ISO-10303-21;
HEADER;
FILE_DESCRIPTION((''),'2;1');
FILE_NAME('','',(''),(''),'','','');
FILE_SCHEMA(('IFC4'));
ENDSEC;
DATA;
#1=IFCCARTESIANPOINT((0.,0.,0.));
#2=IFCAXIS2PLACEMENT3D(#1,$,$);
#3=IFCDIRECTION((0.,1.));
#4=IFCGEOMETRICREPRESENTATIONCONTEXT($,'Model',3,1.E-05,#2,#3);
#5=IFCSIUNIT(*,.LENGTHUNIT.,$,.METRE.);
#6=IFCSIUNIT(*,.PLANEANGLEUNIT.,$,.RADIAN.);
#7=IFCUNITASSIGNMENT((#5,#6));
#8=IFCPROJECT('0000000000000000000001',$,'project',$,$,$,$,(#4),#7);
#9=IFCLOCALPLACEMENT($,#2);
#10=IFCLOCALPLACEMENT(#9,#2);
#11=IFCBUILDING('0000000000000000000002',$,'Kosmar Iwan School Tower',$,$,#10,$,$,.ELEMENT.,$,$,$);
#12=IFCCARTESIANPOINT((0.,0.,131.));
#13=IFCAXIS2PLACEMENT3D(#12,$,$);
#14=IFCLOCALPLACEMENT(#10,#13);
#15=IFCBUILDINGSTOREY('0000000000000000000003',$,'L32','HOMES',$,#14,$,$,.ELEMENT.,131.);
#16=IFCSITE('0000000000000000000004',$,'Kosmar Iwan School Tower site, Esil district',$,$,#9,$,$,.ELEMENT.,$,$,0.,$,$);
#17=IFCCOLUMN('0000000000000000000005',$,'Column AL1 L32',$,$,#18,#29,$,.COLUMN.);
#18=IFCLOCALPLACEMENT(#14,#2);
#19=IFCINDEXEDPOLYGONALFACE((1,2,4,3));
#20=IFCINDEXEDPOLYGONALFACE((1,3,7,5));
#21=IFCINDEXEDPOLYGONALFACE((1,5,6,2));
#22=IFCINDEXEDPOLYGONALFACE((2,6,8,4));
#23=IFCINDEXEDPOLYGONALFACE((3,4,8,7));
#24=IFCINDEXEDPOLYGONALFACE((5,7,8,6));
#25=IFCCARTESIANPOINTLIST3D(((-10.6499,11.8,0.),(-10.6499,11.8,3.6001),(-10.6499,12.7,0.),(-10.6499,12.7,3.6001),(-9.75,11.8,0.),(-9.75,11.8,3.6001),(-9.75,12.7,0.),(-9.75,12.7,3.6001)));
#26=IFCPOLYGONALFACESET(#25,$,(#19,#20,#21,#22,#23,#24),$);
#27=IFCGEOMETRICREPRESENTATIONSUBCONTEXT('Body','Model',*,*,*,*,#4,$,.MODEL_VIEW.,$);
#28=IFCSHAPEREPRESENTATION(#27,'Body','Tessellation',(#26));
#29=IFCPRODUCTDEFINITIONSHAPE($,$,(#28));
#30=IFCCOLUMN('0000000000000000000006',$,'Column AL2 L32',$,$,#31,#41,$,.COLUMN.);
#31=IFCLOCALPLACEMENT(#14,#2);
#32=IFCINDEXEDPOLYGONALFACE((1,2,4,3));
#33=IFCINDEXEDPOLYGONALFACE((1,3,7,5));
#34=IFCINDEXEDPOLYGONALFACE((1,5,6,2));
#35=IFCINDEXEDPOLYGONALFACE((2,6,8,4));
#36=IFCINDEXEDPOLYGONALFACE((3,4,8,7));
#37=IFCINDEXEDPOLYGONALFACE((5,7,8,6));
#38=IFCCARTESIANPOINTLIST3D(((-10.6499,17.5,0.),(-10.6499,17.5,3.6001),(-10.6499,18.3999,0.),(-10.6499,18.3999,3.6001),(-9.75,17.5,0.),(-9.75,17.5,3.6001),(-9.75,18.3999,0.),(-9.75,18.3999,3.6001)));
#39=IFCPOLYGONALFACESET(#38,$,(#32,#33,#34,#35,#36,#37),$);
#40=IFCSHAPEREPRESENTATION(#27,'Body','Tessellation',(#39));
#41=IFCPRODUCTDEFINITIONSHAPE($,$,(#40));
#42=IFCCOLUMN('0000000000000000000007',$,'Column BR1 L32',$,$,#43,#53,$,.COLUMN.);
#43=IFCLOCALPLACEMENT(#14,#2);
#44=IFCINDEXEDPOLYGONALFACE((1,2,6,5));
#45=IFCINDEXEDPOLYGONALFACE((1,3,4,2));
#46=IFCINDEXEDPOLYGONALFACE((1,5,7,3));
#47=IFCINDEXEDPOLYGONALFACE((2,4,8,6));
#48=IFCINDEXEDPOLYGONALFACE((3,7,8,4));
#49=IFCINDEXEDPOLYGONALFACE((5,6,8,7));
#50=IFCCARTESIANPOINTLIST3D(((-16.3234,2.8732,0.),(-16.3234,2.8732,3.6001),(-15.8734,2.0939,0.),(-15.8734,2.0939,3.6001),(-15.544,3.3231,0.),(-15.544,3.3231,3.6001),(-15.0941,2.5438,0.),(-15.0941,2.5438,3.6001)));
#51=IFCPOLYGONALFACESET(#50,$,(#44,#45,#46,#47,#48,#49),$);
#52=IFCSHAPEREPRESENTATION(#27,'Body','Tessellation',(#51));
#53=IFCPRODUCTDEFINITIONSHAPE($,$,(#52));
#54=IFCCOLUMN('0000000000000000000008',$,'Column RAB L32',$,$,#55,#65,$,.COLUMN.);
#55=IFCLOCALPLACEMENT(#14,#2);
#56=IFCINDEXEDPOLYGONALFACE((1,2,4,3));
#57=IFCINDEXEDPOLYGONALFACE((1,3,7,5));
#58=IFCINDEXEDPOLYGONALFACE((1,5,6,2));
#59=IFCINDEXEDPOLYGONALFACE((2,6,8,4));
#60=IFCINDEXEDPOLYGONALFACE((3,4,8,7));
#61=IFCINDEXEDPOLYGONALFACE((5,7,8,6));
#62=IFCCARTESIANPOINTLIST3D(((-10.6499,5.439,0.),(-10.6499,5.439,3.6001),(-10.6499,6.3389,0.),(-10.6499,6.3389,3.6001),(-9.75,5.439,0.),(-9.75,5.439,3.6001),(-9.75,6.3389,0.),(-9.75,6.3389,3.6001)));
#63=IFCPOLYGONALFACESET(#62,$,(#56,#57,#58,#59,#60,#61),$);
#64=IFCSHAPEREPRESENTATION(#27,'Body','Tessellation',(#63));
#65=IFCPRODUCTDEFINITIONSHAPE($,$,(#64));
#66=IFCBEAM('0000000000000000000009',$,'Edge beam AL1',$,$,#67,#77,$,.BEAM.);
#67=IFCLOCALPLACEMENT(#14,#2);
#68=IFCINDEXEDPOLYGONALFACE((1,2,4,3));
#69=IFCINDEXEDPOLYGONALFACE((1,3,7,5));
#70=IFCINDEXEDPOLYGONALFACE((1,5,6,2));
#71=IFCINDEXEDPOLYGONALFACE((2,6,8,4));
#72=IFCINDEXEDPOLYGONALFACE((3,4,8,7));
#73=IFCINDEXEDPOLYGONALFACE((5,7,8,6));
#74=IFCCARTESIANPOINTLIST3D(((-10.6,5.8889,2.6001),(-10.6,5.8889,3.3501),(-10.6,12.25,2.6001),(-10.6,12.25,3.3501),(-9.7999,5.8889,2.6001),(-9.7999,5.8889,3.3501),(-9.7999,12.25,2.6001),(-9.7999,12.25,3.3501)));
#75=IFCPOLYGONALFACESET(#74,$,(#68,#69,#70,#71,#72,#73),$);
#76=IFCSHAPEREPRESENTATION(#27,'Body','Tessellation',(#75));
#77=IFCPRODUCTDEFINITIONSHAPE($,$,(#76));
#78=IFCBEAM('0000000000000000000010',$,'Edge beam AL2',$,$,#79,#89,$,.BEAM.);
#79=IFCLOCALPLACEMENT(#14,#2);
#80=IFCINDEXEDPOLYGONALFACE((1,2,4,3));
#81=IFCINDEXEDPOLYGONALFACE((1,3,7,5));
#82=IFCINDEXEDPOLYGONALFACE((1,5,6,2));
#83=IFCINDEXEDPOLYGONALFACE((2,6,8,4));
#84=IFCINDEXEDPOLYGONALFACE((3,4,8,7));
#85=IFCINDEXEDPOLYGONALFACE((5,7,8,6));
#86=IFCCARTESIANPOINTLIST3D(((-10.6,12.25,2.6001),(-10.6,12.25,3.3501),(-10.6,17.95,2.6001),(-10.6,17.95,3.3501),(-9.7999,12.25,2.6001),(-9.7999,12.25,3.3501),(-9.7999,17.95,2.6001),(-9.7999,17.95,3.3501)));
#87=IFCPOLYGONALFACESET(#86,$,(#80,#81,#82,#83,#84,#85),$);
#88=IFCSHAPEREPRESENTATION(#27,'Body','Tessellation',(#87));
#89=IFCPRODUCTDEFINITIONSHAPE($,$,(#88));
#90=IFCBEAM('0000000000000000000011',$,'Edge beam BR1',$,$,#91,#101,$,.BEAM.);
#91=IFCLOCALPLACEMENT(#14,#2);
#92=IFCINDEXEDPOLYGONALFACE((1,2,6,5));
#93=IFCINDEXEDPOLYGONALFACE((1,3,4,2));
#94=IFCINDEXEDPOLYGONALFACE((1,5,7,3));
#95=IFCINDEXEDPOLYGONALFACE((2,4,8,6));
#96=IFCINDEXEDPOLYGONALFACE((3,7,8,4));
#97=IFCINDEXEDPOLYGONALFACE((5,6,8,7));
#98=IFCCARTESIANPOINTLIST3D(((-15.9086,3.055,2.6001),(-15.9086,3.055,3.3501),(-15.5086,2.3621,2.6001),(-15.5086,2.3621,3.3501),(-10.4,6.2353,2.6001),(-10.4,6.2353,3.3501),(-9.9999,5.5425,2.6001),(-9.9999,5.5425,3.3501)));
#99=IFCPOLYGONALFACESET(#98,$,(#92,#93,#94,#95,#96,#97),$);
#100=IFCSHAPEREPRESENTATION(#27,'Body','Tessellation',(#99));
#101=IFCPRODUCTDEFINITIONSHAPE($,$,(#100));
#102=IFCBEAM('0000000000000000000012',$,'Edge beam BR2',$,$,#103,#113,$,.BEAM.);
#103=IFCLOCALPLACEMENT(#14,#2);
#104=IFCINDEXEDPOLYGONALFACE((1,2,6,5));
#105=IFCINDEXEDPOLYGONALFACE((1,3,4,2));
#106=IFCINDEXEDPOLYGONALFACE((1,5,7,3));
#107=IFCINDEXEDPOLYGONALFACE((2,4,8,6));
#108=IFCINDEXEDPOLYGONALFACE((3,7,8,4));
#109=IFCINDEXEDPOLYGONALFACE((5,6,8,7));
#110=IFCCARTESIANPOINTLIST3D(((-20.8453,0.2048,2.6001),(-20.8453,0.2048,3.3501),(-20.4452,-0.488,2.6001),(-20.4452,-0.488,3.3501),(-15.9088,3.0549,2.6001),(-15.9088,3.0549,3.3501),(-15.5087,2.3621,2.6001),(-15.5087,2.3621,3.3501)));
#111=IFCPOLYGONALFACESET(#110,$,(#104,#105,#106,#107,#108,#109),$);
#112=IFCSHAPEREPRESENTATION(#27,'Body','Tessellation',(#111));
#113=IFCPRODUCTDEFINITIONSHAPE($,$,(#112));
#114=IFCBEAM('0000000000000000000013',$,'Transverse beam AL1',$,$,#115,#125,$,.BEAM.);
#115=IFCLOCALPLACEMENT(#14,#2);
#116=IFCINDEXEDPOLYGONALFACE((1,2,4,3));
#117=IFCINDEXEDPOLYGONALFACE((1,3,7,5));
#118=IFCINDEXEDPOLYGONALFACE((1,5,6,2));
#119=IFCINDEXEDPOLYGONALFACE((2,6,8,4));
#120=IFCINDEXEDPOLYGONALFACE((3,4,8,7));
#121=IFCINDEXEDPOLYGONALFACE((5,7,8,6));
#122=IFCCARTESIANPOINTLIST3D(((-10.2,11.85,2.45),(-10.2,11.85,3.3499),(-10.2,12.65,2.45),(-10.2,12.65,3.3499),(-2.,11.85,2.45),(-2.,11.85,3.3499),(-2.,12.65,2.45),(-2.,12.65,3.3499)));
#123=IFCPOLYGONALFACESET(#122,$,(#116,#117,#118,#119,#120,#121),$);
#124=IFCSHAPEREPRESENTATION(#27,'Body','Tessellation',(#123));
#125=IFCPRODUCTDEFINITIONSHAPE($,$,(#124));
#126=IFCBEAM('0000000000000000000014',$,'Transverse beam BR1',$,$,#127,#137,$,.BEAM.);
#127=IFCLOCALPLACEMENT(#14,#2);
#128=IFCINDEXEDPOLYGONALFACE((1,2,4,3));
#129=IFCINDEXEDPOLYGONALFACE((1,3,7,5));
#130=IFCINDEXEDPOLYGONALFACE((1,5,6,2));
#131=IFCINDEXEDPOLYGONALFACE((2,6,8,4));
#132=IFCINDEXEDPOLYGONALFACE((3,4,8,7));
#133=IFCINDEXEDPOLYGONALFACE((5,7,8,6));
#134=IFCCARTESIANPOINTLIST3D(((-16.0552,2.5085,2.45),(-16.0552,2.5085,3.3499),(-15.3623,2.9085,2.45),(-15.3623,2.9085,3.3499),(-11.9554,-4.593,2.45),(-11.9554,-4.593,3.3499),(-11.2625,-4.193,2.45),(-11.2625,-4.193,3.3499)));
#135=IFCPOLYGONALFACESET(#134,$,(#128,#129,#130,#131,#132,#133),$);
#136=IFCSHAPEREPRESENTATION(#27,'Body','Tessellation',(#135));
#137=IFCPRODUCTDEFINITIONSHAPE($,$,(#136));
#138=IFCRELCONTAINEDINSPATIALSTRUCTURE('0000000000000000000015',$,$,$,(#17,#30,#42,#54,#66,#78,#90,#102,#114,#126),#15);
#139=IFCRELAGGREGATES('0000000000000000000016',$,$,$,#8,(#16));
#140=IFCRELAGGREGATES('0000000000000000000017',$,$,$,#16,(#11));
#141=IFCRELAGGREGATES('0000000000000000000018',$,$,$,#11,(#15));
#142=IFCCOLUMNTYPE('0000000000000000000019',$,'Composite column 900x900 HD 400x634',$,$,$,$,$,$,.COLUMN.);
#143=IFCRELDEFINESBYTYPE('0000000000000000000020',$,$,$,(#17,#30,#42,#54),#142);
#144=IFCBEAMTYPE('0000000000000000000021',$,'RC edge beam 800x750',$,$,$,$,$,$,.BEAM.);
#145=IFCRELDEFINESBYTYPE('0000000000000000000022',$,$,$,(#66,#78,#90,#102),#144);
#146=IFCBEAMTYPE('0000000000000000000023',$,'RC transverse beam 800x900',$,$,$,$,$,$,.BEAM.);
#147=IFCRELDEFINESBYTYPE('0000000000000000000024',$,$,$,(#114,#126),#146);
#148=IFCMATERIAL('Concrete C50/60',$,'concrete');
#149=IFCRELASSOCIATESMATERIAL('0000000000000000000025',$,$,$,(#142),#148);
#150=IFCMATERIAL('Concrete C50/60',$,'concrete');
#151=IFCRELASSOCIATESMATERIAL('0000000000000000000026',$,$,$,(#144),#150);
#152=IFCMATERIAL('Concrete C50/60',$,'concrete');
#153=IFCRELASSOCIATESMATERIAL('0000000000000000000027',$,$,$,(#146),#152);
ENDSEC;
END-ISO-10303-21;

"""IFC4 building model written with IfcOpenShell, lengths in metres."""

from ifc_helpers import new_model, si_unit, direction, frame, origin, origin_2d, place, context, subcontext, project, spatial, rectangle, extrude, material, material_profile, profile_set, type_object, element, save


model = new_model("IFC4")

# Units and contexts
model_context = context("Model", 3, precision=1e-05, world=origin(), true_north=direction((0.0, 1.0)))
body_context = subcontext(model_context, "Body", "Model", "MODEL_VIEW")
ifc_project = project(units=[si_unit("LENGTHUNIT", "METRE"), si_unit("PLANEANGLEUNIT", "RADIAN")], contexts=[model_context])

# Site, building, storey
site_placement = place(None, origin())
site = spatial("IfcSite", under=ifc_project, at=site_placement, Name="Kosmar Iwan School Tower site, Esil district", CompositionType="ELEMENT", RefElevation=0.0)
building_placement = place(site_placement, origin())
building = spatial("IfcBuilding", under=site, at=building_placement, Name="Kosmar Iwan School Tower", CompositionType="ELEMENT")
storey_placement = place(building_placement, frame((0.0, 0.0, 131.0)))
storey = spatial("IfcBuildingStorey", under=building, at=storey_placement, Name="L32", Description="HOMES", CompositionType="ELEMENT", Elevation=131.0)

# Columns
ifc_material_1 = material(Name="Concrete C50/60", Category="concrete")
ifc_material_profile_1 = material_profile(ifc_material_1, rectangle(XDim=0.8999, YDim=0.8999, at=origin_2d()), Name="RC 900x900 + HD 400x634")
ifc_profile_set_1 = profile_set([ifc_material_profile_1], Name="Concrete C50/60")
column_type = type_object("IfcColumnType", Name="Composite column 900x900 HD 400x634", PredefinedType="COLUMN", material=ifc_profile_set_1)
for number, where, z_axis, x_axis, name in (
    (1, (-10.2, 12.25, 0.0), (0.0, 0.0, 1.0), (0.0, 1.0, 0.0), "Column AL1 L32"),
    (2, (-10.2, 17.95, 0.0), (0.0, 0.0, 1.0), (0.0, 1.0, 0.0), "Column AL2 L32"),
    (3, (-15.7087, 2.7085, 0.0), (0.0, 0.0, 1.0), (-0.866025, -0.5, 0.0), "Column BR1 L32"),
    (4, (-10.2, 5.8889, 0.0), (0.0, 0.0, 1.0), (1.0, 0.0, 0.0), "Column RAB L32"),
):
    element("IfcColumn", number, at=place(storey_placement, frame(where, z_axis=z_axis, x_axis=x_axis)), inside=storey, type_object=column_type, Name=name, PredefinedType="COLUMN", context=body_context, shape_type="SweptSolid", body=[
        extrude(rectangle(XDim=0.8999, YDim=0.8999, at=origin_2d()), origin(), (0.0, 0.0, 1.0), 3.6001),
    ])

# Beams
ifc_material_2 = material(Name="Concrete C50/60", Category="concrete")
ifc_material_profile_2 = material_profile(ifc_material_2, rectangle(XDim=0.8, YDim=0.75, at=origin_2d()), Name="RC 800x750")
ifc_profile_set_2 = profile_set([ifc_material_profile_2], Name="Concrete C50/60")
beam_type_1 = type_object("IfcBeamType", Name="RC edge beam 800x750", PredefinedType="BEAM", material=ifc_profile_set_2)
beam_1_placement = place(storey_placement, frame((-10.2, 5.8889, 2.9751), z_axis=(0.0, 1.0, 0.0), x_axis=(-1.0, 0.0, 0.0)))
element("IfcBeam", 5, at=beam_1_placement, inside=storey, type_object=beam_type_1, Name="Edge beam AL1", PredefinedType="BEAM", context=body_context, shape_type="SweptSolid", body=[
    extrude(rectangle(XDim=0.8, YDim=0.75, at=origin_2d()), origin(), (0.0, 0.0, 1.0), 6.3611),
])
beam_2_placement = place(storey_placement, frame((-10.2, 12.25, 2.9751), z_axis=(0.0, 1.0, 0.0), x_axis=(-1.0, 0.0, 0.0)))
element("IfcBeam", 6, at=beam_2_placement, inside=storey, type_object=beam_type_1, Name="Edge beam AL2", PredefinedType="BEAM", context=body_context, shape_type="SweptSolid", body=[
    extrude(rectangle(XDim=0.8, YDim=0.75, at=origin_2d()), origin(), (0.0, 0.0, 1.0), 5.7),
])
beam_3_placement = place(storey_placement, frame((-10.2, 5.8889, 2.9751), z_axis=(-0.866031, -0.49999, 0.0), x_axis=(0.49999, -0.866031, 0.0)))
element("IfcBeam", 7, at=beam_3_placement, inside=storey, type_object=beam_type_1, Name="Edge beam BR1", PredefinedType="BEAM", context=body_context, shape_type="SweptSolid", body=[
    extrude(rectangle(XDim=0.8, YDim=0.75, at=origin_2d()), origin(), (0.0, 0.0, 1.0), 6.3608),
])
beam_4_placement = place(storey_placement, frame((-15.7087, 2.7085, 2.9751), z_axis=(-0.866026, -0.499999, 0.0), x_axis=(0.499999, -0.866026, 0.0)))
element("IfcBeam", 8, at=beam_4_placement, inside=storey, type_object=beam_type_1, Name="Edge beam BR2", PredefinedType="BEAM", context=body_context, shape_type="SweptSolid", body=[
    extrude(rectangle(XDim=0.8, YDim=0.75, at=origin_2d()), origin(), (0.0, 0.0, 1.0), 5.7002),
])
ifc_material_3 = material(Name="Concrete C50/60", Category="concrete")
ifc_material_profile_3 = material_profile(ifc_material_3, rectangle(XDim=0.8, YDim=0.8999, at=origin_2d()), Name="RC 800x900")
ifc_profile_set_3 = profile_set([ifc_material_profile_3], Name="Concrete C50/60")
beam_type_2 = type_object("IfcBeamType", Name="RC transverse beam 800x900", PredefinedType="BEAM", material=ifc_profile_set_3)
for number, where, z_axis, x_axis, name in (
    (9, (-10.2, 12.25, 2.8999), (1.0, 0.0, 0.0), (0.0, 1.0, 0.0), "Transverse beam AL1"),
    (10, (-15.7087, 2.7085, 2.8999), (0.499978, -0.866038, 0.0), (0.866038, 0.499978, 0.0), "Transverse beam BR1"),
):
    element("IfcBeam", number, at=place(storey_placement, frame(where, z_axis=z_axis, x_axis=x_axis)), inside=storey, type_object=beam_type_2, Name=name, PredefinedType="BEAM", context=body_context, shape_type="SweptSolid", body=[
        extrude(rectangle(XDim=0.8, YDim=0.8999, at=origin_2d()), origin(), (0.0, 0.0, 1.0), 8.2),
    ])

save(model, "model.ifc")
